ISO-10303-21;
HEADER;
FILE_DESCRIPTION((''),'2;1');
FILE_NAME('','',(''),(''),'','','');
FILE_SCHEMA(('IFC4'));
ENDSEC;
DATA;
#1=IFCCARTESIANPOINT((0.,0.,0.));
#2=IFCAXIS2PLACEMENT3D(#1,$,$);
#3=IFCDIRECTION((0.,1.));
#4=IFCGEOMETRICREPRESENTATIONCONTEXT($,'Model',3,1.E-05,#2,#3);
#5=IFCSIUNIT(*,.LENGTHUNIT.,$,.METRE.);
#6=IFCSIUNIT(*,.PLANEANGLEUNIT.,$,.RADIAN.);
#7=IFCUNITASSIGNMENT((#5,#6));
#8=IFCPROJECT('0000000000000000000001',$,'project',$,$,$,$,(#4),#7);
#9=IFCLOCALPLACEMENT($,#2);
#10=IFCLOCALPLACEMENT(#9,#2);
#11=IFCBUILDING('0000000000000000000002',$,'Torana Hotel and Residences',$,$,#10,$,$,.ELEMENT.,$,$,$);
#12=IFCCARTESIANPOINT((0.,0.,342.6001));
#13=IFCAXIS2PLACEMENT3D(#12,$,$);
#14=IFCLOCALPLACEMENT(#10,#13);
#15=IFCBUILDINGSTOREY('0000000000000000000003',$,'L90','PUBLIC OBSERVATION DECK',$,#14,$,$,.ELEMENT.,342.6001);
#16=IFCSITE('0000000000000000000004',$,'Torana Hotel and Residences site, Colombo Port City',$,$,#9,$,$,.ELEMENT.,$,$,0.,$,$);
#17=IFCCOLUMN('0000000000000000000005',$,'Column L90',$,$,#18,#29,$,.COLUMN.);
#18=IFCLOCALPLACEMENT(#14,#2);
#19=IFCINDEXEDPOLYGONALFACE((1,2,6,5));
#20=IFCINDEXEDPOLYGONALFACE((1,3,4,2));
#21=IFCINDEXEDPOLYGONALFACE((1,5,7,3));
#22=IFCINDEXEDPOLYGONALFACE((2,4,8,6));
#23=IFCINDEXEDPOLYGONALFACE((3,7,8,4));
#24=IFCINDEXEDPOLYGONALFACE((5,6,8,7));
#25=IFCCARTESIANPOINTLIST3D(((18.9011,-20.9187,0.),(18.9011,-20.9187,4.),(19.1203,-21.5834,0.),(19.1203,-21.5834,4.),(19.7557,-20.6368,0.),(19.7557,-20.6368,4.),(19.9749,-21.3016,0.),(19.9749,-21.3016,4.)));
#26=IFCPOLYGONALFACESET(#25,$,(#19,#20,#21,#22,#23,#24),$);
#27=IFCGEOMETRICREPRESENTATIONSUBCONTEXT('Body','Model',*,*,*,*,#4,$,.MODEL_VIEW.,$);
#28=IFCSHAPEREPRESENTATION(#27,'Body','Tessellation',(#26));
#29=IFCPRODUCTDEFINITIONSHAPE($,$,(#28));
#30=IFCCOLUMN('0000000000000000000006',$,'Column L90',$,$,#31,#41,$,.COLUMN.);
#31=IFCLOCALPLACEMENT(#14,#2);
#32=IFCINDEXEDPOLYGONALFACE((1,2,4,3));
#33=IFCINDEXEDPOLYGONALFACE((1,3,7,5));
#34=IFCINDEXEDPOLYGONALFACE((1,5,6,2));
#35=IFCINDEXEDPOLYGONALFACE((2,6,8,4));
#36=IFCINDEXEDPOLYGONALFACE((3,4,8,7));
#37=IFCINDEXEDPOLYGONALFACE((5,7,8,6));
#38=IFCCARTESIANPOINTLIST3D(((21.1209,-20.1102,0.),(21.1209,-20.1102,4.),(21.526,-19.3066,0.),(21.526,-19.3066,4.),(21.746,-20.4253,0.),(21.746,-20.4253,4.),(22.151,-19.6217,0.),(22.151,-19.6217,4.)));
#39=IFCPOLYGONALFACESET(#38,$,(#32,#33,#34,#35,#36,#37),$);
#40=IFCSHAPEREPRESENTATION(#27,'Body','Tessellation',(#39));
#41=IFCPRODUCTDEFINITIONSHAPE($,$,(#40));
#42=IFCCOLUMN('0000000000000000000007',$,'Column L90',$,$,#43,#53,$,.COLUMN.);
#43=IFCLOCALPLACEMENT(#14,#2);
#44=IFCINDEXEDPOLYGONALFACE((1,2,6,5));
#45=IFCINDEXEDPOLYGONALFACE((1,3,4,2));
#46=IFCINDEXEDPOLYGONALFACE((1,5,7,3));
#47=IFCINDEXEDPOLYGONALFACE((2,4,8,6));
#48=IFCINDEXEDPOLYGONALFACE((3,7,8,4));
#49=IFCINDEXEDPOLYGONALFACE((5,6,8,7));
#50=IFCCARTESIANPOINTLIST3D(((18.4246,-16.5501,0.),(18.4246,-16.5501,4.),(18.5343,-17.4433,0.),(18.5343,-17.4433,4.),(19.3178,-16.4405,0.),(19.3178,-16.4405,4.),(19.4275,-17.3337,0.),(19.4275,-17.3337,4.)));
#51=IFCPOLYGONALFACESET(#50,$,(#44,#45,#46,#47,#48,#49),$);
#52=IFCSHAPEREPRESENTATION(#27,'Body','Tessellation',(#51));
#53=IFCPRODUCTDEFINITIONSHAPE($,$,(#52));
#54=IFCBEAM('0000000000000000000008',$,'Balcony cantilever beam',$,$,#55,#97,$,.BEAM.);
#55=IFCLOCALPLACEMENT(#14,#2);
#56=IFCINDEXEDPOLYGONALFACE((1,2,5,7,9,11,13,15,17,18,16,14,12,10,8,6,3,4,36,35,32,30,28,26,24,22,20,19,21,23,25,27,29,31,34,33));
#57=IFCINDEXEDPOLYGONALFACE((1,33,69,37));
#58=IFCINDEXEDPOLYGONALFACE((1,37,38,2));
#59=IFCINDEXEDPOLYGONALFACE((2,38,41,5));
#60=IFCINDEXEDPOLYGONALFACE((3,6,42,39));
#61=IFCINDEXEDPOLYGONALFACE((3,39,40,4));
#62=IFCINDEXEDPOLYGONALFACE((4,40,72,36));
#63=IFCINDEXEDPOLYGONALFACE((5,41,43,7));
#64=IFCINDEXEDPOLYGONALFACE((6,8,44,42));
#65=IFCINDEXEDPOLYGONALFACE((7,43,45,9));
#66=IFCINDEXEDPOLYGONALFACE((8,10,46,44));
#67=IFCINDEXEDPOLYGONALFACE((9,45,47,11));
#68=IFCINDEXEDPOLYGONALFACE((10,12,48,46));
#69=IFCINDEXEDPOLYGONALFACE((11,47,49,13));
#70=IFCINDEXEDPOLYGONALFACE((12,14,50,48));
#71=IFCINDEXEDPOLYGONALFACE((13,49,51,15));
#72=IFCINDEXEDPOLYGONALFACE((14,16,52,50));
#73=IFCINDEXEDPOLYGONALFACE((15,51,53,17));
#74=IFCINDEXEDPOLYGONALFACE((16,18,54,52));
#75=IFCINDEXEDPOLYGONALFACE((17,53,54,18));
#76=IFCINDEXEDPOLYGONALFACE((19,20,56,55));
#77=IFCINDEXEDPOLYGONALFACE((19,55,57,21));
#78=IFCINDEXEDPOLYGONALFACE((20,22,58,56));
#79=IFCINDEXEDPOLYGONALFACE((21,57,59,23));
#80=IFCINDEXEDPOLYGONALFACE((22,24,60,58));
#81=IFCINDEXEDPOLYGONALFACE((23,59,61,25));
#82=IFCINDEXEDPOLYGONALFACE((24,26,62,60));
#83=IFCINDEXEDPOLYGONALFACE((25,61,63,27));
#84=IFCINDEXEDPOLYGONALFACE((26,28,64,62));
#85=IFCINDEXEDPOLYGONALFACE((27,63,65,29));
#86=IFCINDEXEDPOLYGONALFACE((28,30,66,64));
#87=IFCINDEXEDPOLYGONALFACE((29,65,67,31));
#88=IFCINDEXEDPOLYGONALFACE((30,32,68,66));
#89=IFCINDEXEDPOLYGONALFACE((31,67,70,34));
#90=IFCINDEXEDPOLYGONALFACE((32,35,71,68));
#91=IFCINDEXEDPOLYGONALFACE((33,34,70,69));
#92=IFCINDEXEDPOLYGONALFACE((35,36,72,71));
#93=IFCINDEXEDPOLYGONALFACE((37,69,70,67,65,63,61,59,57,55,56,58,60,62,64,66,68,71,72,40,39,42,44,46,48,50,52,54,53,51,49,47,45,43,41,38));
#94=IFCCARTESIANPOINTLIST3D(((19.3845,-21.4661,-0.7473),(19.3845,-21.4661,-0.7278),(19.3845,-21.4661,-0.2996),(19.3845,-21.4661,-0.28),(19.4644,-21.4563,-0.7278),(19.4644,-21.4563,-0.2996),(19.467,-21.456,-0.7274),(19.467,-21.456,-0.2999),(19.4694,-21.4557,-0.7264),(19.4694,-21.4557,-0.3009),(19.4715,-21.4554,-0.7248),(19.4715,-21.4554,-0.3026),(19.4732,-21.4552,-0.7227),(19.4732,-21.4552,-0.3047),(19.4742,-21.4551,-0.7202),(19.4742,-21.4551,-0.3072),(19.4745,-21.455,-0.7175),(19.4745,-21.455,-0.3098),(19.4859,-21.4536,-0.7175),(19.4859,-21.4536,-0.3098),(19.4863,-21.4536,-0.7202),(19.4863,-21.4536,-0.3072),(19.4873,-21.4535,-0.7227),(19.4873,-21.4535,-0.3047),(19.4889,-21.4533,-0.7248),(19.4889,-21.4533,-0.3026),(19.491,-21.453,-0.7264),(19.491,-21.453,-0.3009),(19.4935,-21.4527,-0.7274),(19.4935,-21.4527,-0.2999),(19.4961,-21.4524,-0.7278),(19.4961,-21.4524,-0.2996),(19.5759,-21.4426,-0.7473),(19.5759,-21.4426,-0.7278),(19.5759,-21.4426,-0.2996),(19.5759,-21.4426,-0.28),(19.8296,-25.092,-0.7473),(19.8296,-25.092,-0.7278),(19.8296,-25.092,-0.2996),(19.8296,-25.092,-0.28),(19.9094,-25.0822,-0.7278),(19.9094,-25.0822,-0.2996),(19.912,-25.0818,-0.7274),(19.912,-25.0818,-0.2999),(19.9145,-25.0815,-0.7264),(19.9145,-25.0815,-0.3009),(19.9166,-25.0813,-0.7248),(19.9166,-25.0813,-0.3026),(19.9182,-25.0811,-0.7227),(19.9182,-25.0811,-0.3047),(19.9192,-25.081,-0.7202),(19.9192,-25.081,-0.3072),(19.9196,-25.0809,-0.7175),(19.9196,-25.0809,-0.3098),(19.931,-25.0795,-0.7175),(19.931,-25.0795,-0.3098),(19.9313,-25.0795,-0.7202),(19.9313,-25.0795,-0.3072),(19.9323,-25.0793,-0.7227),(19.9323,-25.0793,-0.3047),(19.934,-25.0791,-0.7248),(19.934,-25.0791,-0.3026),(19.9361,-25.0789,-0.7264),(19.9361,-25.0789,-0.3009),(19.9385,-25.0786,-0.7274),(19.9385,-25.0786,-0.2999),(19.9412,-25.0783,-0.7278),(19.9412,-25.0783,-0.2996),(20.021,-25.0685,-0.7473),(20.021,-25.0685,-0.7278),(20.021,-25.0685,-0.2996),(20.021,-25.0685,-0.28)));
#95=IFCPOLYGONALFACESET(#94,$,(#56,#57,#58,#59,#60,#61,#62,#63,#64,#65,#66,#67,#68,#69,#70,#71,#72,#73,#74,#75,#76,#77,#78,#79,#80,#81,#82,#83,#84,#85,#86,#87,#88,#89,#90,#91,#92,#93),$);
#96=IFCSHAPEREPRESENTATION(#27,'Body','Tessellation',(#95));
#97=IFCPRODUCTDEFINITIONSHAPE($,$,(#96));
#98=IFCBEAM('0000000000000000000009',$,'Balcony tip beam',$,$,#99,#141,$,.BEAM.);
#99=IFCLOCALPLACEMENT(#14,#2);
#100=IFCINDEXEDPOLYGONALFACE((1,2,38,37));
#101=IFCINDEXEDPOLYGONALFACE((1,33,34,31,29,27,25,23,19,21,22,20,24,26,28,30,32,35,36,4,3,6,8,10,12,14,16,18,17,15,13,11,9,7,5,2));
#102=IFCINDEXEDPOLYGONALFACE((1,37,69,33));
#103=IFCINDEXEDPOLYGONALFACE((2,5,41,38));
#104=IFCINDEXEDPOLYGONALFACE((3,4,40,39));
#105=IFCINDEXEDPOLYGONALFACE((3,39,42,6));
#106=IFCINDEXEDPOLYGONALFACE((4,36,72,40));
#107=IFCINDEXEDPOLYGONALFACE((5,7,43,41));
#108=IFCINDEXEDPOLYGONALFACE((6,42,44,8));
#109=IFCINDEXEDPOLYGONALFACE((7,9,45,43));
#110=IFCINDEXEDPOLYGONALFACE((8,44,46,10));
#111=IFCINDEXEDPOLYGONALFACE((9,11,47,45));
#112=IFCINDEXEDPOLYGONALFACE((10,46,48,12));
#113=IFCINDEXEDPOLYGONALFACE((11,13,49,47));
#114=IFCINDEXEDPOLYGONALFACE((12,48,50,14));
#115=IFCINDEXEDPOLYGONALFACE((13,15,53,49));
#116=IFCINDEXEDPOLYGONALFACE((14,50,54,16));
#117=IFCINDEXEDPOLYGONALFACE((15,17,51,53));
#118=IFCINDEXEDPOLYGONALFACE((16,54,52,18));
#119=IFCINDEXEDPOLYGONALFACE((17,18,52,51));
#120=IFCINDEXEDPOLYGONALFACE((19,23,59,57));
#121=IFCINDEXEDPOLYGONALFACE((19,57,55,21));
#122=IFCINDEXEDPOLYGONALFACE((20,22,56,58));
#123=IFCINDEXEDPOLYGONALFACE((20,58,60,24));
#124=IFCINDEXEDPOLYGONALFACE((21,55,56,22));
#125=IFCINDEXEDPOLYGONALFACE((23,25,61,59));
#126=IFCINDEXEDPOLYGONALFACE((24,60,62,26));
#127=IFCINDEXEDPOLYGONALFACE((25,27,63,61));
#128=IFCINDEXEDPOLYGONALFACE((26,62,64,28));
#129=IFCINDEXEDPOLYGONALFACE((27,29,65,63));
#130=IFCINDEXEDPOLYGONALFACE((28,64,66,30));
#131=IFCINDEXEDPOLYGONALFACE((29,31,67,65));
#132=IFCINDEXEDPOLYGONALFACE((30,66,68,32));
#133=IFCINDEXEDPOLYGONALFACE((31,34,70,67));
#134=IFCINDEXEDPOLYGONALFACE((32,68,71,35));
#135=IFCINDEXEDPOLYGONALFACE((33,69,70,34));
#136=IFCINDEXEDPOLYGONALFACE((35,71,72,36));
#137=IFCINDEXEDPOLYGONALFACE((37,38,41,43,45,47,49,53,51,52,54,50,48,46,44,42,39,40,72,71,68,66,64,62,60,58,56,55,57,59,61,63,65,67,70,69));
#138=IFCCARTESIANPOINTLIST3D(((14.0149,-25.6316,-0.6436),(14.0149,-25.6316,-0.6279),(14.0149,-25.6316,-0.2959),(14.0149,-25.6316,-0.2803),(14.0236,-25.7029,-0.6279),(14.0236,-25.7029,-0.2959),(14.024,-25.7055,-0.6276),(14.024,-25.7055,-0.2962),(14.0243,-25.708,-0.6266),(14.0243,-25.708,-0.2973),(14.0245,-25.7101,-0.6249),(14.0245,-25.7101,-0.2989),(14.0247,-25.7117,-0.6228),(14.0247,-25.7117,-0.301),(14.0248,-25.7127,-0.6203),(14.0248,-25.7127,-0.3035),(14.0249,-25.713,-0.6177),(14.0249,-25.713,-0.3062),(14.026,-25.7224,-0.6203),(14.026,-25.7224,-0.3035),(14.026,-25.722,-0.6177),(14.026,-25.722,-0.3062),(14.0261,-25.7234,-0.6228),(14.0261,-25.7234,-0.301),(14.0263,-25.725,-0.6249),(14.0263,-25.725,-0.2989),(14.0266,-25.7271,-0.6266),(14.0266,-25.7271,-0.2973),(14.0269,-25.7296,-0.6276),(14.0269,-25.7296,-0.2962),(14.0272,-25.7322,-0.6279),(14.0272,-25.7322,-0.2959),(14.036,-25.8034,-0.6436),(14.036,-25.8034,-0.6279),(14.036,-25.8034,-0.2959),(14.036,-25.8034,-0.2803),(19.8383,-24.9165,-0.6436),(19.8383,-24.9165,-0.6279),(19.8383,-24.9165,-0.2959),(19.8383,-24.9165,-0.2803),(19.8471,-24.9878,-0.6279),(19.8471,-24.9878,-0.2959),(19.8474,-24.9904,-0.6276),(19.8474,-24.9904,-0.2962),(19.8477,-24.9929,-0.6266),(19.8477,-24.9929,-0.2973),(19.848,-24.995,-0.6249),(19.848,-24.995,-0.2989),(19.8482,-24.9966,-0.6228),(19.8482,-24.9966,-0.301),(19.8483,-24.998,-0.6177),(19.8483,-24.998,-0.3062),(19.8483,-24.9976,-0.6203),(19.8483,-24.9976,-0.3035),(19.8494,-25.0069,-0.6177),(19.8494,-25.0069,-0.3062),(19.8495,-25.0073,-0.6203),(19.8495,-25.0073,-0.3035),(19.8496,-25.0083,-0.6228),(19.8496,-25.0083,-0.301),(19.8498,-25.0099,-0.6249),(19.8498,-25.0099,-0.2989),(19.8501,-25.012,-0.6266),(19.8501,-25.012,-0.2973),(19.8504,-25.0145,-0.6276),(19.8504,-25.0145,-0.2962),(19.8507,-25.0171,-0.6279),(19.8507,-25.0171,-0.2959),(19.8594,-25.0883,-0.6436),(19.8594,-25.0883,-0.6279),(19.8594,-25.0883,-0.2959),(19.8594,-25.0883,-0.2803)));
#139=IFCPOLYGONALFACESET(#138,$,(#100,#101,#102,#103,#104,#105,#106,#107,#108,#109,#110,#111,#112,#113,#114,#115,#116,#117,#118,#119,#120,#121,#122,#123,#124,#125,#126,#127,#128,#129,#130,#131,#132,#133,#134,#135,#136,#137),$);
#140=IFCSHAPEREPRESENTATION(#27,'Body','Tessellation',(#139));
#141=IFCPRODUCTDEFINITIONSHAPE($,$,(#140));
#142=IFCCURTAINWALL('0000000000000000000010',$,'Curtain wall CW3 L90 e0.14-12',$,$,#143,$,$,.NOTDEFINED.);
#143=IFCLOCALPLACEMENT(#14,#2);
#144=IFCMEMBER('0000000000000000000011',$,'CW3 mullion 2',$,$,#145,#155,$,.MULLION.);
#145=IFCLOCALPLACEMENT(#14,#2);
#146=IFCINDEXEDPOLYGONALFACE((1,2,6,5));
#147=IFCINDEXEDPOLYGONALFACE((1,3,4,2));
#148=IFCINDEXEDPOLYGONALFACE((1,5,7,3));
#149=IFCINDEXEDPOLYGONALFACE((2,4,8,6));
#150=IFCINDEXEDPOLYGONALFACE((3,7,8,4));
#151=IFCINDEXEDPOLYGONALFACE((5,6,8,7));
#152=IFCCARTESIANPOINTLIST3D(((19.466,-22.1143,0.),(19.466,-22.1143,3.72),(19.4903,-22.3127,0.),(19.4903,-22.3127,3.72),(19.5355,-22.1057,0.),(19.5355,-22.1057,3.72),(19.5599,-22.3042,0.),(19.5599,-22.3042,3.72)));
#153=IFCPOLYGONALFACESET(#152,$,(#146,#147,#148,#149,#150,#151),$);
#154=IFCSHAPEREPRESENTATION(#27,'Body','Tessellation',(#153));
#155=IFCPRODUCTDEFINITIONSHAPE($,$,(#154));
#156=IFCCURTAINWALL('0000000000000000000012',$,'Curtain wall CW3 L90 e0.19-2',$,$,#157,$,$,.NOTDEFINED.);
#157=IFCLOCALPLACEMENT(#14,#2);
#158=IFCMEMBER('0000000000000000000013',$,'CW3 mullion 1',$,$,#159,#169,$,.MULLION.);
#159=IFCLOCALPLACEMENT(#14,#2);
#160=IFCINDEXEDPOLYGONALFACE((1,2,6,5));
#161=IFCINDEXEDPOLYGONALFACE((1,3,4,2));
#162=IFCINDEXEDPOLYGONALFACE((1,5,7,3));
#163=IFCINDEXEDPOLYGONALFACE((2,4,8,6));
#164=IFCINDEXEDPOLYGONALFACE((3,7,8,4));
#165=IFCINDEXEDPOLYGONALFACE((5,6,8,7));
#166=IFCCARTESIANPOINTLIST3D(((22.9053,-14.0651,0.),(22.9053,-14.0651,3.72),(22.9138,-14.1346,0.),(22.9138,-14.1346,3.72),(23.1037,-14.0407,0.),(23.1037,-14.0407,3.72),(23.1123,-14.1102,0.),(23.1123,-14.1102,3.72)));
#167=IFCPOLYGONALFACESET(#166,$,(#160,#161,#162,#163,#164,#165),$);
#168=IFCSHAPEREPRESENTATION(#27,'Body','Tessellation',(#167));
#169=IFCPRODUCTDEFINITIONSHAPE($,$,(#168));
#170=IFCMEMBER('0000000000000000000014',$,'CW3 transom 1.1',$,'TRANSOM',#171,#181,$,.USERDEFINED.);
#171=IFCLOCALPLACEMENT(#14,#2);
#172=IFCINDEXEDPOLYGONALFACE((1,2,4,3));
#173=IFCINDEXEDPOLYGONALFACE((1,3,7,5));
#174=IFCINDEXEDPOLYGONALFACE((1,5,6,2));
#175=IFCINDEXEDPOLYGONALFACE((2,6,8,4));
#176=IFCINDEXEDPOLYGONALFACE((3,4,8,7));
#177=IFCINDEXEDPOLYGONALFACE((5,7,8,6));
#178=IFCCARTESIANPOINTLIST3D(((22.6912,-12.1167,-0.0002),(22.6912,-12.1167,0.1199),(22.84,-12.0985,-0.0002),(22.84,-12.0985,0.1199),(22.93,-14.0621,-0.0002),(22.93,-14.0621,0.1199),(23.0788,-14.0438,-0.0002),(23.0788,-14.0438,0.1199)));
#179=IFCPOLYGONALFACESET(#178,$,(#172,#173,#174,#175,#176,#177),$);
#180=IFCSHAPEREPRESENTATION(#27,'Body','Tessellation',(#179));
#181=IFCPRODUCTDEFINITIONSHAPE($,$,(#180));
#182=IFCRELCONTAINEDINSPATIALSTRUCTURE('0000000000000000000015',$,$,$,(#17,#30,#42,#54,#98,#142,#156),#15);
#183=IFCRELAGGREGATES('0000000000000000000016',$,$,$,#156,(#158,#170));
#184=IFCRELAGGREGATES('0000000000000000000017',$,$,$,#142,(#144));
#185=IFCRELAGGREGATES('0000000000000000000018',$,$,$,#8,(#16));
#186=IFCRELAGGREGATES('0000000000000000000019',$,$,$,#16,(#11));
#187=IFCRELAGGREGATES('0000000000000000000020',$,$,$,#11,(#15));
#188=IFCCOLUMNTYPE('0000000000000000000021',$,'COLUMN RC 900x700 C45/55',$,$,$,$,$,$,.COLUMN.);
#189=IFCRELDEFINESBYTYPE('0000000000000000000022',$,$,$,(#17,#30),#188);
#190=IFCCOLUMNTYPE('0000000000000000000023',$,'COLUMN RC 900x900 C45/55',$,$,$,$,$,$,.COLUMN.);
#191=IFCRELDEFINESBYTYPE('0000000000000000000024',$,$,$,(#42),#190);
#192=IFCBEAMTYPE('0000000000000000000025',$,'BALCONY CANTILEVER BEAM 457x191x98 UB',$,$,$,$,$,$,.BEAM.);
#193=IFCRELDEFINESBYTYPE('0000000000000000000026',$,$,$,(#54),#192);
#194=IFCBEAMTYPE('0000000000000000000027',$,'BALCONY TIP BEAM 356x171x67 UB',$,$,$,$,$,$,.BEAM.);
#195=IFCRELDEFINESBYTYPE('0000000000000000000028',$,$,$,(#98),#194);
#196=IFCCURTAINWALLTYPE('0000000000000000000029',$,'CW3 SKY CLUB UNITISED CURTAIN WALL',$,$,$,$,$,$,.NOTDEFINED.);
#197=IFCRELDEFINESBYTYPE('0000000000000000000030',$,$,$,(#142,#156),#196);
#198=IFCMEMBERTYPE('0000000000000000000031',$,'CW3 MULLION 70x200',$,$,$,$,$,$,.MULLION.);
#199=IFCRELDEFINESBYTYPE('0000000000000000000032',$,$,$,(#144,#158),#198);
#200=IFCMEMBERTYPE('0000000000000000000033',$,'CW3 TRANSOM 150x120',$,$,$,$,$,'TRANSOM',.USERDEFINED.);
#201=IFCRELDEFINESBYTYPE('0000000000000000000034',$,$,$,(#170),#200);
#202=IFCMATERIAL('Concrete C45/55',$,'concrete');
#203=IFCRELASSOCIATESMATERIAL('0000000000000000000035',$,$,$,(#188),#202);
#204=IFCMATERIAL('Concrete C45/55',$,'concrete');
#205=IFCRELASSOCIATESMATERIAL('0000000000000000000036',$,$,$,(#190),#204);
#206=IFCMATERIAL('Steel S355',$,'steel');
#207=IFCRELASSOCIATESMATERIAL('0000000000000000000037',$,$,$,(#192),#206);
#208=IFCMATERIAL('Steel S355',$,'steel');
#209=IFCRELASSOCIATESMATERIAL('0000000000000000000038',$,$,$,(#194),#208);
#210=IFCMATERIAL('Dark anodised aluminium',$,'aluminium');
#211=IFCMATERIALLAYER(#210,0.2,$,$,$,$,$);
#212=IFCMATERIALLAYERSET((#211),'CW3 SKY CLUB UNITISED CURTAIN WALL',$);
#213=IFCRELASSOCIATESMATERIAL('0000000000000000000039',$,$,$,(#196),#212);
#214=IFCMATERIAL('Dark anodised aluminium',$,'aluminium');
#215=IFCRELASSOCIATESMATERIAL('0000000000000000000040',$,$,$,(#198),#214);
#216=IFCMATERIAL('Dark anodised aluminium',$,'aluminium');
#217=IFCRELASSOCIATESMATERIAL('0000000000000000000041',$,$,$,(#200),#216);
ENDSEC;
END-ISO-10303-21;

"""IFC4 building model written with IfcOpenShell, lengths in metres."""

from ifc_helpers import new_model, si_unit, direction, frame, origin, origin_2d, place, context, subcontext, project, spatial, rectangle, i_section, extrude, material, layer, layer_set, material_profile, profile_set, type_object, element, aggregate, save


model = new_model("IFC4")

# Units and contexts
model_context = context("Model", 3, precision=1e-05, world=origin(), true_north=direction((0.0, 1.0)))
body_context = subcontext(model_context, "Body", "Model", "MODEL_VIEW")
ifc_project = project(units=[si_unit("LENGTHUNIT", "METRE"), si_unit("PLANEANGLEUNIT", "RADIAN")], contexts=[model_context])

# Site, building, storey
site_placement = place(None, origin())
site = spatial("IfcSite", under=ifc_project, at=site_placement, Name="Torana Hotel and Residences site, Colombo Port City", CompositionType="ELEMENT", RefElevation=0.0)
building_placement = place(site_placement, origin())
building = spatial("IfcBuilding", under=site, at=building_placement, Name="Torana Hotel and Residences", CompositionType="ELEMENT")
storey_placement = place(building_placement, frame((0.0, 0.0, 342.6001)))
storey = spatial("IfcBuildingStorey", under=building, at=storey_placement, Name="L90", Description="PUBLIC OBSERVATION DECK", CompositionType="ELEMENT", Elevation=342.6001)

# Columns
ifc_material_1 = material(Name="Concrete C45/55", Category="concrete")
ifc_material_profile_1 = material_profile(ifc_material_1, rectangle(XDim=0.8999, YDim=0.7, at=origin_2d()), Name="RC 900x700")
ifc_profile_set_1 = profile_set([ifc_material_profile_1], Name="Concrete C45/55")
column_type_1 = type_object("IfcColumnType", Name="COLUMN RC 900x700 C45/55", PredefinedType="COLUMN", material=ifc_profile_set_1)
for number, where, z_axis, x_axis, name in (
    (1, (19.438, -21.1101, 0.0), (0.0, 0.0, 1.0), (0.949694, 0.31318, 0.0), "Column L90"),
    (2, (21.636, -19.866, 0.0), (0.0, 0.0, 1.0), (0.450098, 0.892979, 0.0), "Column L90"),
):
    element("IfcColumn", number, at=place(storey_placement, frame(where, z_axis=z_axis, x_axis=x_axis)), inside=storey, type_object=column_type_1, Name=name, PredefinedType="COLUMN", context=body_context, shape_type="SweptSolid", body=[
        extrude(rectangle(XDim=0.8999, YDim=0.7, at=origin_2d()), origin(), (0.0, 0.0, 1.0), 4.0),
    ])
ifc_material_2 = material(Name="Concrete C45/55", Category="concrete")
ifc_material_profile_2 = material_profile(ifc_material_2, rectangle(XDim=0.8999, YDim=0.8999, at=origin_2d()), Name="RC 900x900")
ifc_profile_set_2 = profile_set([ifc_material_profile_2], Name="Concrete C45/55")
column_type_2 = type_object("IfcColumnType", Name="COLUMN RC 900x900 C45/55", PredefinedType="COLUMN", material=ifc_profile_set_2)
column_placement = place(storey_placement, frame((18.926, -16.9419, 0.0), z_axis=(0.0, 0.0, 1.0), x_axis=(0.992546, 0.121869, 0.0)))
element("IfcColumn", 3, at=column_placement, inside=storey, type_object=column_type_2, Name="Column L90", PredefinedType="COLUMN", context=body_context, shape_type="SweptSolid", body=[
    extrude(rectangle(XDim=0.8999, YDim=0.8999, at=origin_2d()), origin(), (0.0, 0.0, 1.0), 4.0),
])

# Beams
ifc_material_3 = material(Name="Steel S355", Category="steel")
ifc_material_profile_3 = material_profile(ifc_material_3, i_section(OverallWidth=0.1929, OverallDepth=0.4673, WebThickness=0.0115, FlangeThickness=0.0195, FilletRadius=0.0103, at=origin_2d()), Name="457x191x98 UB")
ifc_profile_set_3 = profile_set([ifc_material_profile_3], Name="Steel S355")
beam_type_1 = type_object("IfcBeamType", Name="BALCONY CANTILEVER BEAM 457x191x98 UB", PredefinedType="BEAM", material=ifc_profile_set_3)
beam_1_placement = place(storey_placement, frame((19.4802, -21.4543, -0.5137), z_axis=(0.12183, -0.992551, 0.0), x_axis=(0.992551, 0.12183, 0.0)))
element("IfcBeam", 4, at=beam_1_placement, inside=storey, type_object=beam_type_1, Name="Balcony cantilever beam", PredefinedType="BEAM", context=body_context, shape_type="SweptSolid", body=[
    extrude(i_section(OverallWidth=0.1929, OverallDepth=0.4673, WebThickness=0.0115, FlangeThickness=0.0195, FilletRadius=0.0103, at=origin_2d()), origin(), (0.0, 0.0, 1.0), 3.6531),
])
ifc_material_4 = material(Name="Steel S355", Category="steel")
ifc_material_profile_4 = material_profile(ifc_material_4, i_section(OverallWidth=0.1731, OverallDepth=0.3633, WebThickness=0.009, FlangeThickness=0.0156, FilletRadius=0.0103, at=origin_2d()), Name="356x171x67 UB")
ifc_profile_set_4 = profile_set([ifc_material_profile_4], Name="Steel S355")
beam_type_2 = type_object("IfcBeamType", Name="BALCONY TIP BEAM 356x171x67 UB", PredefinedType="BEAM", material=ifc_profile_set_4)
beam_2_placement = place(storey_placement, frame((19.8489, -25.0024, -0.4619), z_axis=(-0.992545, -0.121878, 0.0), x_axis=(0.121878, -0.992545, 0.0)))
element("IfcBeam", 5, at=beam_2_placement, inside=storey, type_object=beam_type_2, Name="Balcony tip beam", PredefinedType="BEAM", context=body_context, shape_type="SweptSolid", body=[
    extrude(i_section(OverallWidth=0.1731, OverallDepth=0.3633, WebThickness=0.009, FlangeThickness=0.0156, FilletRadius=0.0103, at=origin_2d()), origin(), (0.0, 0.0, 1.0), 5.8672),
])

# Curtain wall, member
ifc_material_5 = material(Name="Dark anodised aluminium", Category="aluminium")
ifc_layer_1 = layer(ifc_material_5, 0.2)
ifc_layer_set_1 = layer_set([ifc_layer_1], Name="CW3 SKY CLUB UNITISED CURTAIN WALL")
curtain_wall_type = type_object("IfcCurtainWallType", Name="CW3 SKY CLUB UNITISED CURTAIN WALL", PredefinedType="NOTDEFINED", material=ifc_layer_set_1)
curtain_wall_1_placement = place(storey_placement, origin())
curtain_wall_1 = element("IfcCurtainWall", 6, at=curtain_wall_1_placement, inside=storey, type_object=curtain_wall_type, Name="Curtain wall CW3 L90 e0.14-12", PredefinedType="NOTDEFINED")
ifc_material_6 = material(Name="Dark anodised aluminium", Category="aluminium")
ifc_material_profile_5 = material_profile(ifc_material_6, rectangle(XDim=0.2, YDim=0.0701, at=origin_2d()), Name="CW3 MULLION 70x200")
ifc_profile_set_5 = profile_set([ifc_material_profile_5], Name="Dark anodised aluminium")
member_type_1 = type_object("IfcMemberType", Name="CW3 MULLION 70x200", PredefinedType="MULLION", material=ifc_profile_set_5)
member_1_placement = place(storey_placement, frame((19.5129, -22.2092, 0.0), z_axis=(0.0, 0.0, 1.0), x_axis=(-0.121863, 0.992547, 0.0)))
member_1 = element("IfcMember", 7, at=member_1_placement, type_object=member_type_1, Name="CW3 mullion 2", PredefinedType="MULLION", context=body_context, shape_type="SweptSolid", body=[
    extrude(rectangle(XDim=0.2, YDim=0.0701, at=origin_2d()), origin(), (0.0, 0.0, 1.0), 3.72),
])

# Curtain wall, members
curtain_wall_2_placement = place(storey_placement, origin())
curtain_wall_2 = element("IfcCurtainWall", 8, at=curtain_wall_2_placement, inside=storey, type_object=curtain_wall_type, Name="Curtain wall CW3 L90 e0.19-2", PredefinedType="NOTDEFINED")
member_2_placement = place(storey_placement, frame((23.0088, -14.0876, 0.0), z_axis=(0.0, 0.0, 1.0), x_axis=(-0.992541, -0.121913, 0.0)))
member_2 = element("IfcMember", 9, at=member_2_placement, type_object=member_type_1, Name="CW3 mullion 1", PredefinedType="MULLION", context=body_context, shape_type="SweptSolid", body=[
    extrude(rectangle(XDim=0.2, YDim=0.0701, at=origin_2d()), origin(), (0.0, 0.0, 1.0), 3.72),
])
ifc_material_7 = material(Name="Dark anodised aluminium", Category="aluminium")
ifc_material_profile_6 = material_profile(ifc_material_7, rectangle(XDim=0.1499, YDim=0.1201, at=origin_2d()), Name="CW3 TRANSOM 150x120")
ifc_profile_set_6 = profile_set([ifc_material_profile_6], Name="Dark anodised aluminium")
member_type_2 = type_object("IfcMemberType", Name="CW3 TRANSOM 150x120", ElementType="TRANSOM", PredefinedType="USERDEFINED", material=ifc_profile_set_6)
member_3_placement = place(storey_placement, frame((23.0044, -14.053, 0.0598), z_axis=(-0.121827, 0.992551, 0.0), x_axis=(-0.992551, -0.121827, 0.0)))
member_3 = element("IfcMember", 10, at=member_3_placement, type_object=member_type_2, Name="CW3 transom 1.1", ObjectType="TRANSOM", PredefinedType="USERDEFINED", context=body_context, shape_type="SweptSolid", body=[
    extrude(rectangle(XDim=0.1499, YDim=0.1201, at=origin_2d()), origin(), (0.0, 0.0, 1.0), 1.96),
])
aggregate(curtain_wall_2, [member_2, member_3])

aggregate(curtain_wall_1, [member_1])

save(model, "model.ifc")
